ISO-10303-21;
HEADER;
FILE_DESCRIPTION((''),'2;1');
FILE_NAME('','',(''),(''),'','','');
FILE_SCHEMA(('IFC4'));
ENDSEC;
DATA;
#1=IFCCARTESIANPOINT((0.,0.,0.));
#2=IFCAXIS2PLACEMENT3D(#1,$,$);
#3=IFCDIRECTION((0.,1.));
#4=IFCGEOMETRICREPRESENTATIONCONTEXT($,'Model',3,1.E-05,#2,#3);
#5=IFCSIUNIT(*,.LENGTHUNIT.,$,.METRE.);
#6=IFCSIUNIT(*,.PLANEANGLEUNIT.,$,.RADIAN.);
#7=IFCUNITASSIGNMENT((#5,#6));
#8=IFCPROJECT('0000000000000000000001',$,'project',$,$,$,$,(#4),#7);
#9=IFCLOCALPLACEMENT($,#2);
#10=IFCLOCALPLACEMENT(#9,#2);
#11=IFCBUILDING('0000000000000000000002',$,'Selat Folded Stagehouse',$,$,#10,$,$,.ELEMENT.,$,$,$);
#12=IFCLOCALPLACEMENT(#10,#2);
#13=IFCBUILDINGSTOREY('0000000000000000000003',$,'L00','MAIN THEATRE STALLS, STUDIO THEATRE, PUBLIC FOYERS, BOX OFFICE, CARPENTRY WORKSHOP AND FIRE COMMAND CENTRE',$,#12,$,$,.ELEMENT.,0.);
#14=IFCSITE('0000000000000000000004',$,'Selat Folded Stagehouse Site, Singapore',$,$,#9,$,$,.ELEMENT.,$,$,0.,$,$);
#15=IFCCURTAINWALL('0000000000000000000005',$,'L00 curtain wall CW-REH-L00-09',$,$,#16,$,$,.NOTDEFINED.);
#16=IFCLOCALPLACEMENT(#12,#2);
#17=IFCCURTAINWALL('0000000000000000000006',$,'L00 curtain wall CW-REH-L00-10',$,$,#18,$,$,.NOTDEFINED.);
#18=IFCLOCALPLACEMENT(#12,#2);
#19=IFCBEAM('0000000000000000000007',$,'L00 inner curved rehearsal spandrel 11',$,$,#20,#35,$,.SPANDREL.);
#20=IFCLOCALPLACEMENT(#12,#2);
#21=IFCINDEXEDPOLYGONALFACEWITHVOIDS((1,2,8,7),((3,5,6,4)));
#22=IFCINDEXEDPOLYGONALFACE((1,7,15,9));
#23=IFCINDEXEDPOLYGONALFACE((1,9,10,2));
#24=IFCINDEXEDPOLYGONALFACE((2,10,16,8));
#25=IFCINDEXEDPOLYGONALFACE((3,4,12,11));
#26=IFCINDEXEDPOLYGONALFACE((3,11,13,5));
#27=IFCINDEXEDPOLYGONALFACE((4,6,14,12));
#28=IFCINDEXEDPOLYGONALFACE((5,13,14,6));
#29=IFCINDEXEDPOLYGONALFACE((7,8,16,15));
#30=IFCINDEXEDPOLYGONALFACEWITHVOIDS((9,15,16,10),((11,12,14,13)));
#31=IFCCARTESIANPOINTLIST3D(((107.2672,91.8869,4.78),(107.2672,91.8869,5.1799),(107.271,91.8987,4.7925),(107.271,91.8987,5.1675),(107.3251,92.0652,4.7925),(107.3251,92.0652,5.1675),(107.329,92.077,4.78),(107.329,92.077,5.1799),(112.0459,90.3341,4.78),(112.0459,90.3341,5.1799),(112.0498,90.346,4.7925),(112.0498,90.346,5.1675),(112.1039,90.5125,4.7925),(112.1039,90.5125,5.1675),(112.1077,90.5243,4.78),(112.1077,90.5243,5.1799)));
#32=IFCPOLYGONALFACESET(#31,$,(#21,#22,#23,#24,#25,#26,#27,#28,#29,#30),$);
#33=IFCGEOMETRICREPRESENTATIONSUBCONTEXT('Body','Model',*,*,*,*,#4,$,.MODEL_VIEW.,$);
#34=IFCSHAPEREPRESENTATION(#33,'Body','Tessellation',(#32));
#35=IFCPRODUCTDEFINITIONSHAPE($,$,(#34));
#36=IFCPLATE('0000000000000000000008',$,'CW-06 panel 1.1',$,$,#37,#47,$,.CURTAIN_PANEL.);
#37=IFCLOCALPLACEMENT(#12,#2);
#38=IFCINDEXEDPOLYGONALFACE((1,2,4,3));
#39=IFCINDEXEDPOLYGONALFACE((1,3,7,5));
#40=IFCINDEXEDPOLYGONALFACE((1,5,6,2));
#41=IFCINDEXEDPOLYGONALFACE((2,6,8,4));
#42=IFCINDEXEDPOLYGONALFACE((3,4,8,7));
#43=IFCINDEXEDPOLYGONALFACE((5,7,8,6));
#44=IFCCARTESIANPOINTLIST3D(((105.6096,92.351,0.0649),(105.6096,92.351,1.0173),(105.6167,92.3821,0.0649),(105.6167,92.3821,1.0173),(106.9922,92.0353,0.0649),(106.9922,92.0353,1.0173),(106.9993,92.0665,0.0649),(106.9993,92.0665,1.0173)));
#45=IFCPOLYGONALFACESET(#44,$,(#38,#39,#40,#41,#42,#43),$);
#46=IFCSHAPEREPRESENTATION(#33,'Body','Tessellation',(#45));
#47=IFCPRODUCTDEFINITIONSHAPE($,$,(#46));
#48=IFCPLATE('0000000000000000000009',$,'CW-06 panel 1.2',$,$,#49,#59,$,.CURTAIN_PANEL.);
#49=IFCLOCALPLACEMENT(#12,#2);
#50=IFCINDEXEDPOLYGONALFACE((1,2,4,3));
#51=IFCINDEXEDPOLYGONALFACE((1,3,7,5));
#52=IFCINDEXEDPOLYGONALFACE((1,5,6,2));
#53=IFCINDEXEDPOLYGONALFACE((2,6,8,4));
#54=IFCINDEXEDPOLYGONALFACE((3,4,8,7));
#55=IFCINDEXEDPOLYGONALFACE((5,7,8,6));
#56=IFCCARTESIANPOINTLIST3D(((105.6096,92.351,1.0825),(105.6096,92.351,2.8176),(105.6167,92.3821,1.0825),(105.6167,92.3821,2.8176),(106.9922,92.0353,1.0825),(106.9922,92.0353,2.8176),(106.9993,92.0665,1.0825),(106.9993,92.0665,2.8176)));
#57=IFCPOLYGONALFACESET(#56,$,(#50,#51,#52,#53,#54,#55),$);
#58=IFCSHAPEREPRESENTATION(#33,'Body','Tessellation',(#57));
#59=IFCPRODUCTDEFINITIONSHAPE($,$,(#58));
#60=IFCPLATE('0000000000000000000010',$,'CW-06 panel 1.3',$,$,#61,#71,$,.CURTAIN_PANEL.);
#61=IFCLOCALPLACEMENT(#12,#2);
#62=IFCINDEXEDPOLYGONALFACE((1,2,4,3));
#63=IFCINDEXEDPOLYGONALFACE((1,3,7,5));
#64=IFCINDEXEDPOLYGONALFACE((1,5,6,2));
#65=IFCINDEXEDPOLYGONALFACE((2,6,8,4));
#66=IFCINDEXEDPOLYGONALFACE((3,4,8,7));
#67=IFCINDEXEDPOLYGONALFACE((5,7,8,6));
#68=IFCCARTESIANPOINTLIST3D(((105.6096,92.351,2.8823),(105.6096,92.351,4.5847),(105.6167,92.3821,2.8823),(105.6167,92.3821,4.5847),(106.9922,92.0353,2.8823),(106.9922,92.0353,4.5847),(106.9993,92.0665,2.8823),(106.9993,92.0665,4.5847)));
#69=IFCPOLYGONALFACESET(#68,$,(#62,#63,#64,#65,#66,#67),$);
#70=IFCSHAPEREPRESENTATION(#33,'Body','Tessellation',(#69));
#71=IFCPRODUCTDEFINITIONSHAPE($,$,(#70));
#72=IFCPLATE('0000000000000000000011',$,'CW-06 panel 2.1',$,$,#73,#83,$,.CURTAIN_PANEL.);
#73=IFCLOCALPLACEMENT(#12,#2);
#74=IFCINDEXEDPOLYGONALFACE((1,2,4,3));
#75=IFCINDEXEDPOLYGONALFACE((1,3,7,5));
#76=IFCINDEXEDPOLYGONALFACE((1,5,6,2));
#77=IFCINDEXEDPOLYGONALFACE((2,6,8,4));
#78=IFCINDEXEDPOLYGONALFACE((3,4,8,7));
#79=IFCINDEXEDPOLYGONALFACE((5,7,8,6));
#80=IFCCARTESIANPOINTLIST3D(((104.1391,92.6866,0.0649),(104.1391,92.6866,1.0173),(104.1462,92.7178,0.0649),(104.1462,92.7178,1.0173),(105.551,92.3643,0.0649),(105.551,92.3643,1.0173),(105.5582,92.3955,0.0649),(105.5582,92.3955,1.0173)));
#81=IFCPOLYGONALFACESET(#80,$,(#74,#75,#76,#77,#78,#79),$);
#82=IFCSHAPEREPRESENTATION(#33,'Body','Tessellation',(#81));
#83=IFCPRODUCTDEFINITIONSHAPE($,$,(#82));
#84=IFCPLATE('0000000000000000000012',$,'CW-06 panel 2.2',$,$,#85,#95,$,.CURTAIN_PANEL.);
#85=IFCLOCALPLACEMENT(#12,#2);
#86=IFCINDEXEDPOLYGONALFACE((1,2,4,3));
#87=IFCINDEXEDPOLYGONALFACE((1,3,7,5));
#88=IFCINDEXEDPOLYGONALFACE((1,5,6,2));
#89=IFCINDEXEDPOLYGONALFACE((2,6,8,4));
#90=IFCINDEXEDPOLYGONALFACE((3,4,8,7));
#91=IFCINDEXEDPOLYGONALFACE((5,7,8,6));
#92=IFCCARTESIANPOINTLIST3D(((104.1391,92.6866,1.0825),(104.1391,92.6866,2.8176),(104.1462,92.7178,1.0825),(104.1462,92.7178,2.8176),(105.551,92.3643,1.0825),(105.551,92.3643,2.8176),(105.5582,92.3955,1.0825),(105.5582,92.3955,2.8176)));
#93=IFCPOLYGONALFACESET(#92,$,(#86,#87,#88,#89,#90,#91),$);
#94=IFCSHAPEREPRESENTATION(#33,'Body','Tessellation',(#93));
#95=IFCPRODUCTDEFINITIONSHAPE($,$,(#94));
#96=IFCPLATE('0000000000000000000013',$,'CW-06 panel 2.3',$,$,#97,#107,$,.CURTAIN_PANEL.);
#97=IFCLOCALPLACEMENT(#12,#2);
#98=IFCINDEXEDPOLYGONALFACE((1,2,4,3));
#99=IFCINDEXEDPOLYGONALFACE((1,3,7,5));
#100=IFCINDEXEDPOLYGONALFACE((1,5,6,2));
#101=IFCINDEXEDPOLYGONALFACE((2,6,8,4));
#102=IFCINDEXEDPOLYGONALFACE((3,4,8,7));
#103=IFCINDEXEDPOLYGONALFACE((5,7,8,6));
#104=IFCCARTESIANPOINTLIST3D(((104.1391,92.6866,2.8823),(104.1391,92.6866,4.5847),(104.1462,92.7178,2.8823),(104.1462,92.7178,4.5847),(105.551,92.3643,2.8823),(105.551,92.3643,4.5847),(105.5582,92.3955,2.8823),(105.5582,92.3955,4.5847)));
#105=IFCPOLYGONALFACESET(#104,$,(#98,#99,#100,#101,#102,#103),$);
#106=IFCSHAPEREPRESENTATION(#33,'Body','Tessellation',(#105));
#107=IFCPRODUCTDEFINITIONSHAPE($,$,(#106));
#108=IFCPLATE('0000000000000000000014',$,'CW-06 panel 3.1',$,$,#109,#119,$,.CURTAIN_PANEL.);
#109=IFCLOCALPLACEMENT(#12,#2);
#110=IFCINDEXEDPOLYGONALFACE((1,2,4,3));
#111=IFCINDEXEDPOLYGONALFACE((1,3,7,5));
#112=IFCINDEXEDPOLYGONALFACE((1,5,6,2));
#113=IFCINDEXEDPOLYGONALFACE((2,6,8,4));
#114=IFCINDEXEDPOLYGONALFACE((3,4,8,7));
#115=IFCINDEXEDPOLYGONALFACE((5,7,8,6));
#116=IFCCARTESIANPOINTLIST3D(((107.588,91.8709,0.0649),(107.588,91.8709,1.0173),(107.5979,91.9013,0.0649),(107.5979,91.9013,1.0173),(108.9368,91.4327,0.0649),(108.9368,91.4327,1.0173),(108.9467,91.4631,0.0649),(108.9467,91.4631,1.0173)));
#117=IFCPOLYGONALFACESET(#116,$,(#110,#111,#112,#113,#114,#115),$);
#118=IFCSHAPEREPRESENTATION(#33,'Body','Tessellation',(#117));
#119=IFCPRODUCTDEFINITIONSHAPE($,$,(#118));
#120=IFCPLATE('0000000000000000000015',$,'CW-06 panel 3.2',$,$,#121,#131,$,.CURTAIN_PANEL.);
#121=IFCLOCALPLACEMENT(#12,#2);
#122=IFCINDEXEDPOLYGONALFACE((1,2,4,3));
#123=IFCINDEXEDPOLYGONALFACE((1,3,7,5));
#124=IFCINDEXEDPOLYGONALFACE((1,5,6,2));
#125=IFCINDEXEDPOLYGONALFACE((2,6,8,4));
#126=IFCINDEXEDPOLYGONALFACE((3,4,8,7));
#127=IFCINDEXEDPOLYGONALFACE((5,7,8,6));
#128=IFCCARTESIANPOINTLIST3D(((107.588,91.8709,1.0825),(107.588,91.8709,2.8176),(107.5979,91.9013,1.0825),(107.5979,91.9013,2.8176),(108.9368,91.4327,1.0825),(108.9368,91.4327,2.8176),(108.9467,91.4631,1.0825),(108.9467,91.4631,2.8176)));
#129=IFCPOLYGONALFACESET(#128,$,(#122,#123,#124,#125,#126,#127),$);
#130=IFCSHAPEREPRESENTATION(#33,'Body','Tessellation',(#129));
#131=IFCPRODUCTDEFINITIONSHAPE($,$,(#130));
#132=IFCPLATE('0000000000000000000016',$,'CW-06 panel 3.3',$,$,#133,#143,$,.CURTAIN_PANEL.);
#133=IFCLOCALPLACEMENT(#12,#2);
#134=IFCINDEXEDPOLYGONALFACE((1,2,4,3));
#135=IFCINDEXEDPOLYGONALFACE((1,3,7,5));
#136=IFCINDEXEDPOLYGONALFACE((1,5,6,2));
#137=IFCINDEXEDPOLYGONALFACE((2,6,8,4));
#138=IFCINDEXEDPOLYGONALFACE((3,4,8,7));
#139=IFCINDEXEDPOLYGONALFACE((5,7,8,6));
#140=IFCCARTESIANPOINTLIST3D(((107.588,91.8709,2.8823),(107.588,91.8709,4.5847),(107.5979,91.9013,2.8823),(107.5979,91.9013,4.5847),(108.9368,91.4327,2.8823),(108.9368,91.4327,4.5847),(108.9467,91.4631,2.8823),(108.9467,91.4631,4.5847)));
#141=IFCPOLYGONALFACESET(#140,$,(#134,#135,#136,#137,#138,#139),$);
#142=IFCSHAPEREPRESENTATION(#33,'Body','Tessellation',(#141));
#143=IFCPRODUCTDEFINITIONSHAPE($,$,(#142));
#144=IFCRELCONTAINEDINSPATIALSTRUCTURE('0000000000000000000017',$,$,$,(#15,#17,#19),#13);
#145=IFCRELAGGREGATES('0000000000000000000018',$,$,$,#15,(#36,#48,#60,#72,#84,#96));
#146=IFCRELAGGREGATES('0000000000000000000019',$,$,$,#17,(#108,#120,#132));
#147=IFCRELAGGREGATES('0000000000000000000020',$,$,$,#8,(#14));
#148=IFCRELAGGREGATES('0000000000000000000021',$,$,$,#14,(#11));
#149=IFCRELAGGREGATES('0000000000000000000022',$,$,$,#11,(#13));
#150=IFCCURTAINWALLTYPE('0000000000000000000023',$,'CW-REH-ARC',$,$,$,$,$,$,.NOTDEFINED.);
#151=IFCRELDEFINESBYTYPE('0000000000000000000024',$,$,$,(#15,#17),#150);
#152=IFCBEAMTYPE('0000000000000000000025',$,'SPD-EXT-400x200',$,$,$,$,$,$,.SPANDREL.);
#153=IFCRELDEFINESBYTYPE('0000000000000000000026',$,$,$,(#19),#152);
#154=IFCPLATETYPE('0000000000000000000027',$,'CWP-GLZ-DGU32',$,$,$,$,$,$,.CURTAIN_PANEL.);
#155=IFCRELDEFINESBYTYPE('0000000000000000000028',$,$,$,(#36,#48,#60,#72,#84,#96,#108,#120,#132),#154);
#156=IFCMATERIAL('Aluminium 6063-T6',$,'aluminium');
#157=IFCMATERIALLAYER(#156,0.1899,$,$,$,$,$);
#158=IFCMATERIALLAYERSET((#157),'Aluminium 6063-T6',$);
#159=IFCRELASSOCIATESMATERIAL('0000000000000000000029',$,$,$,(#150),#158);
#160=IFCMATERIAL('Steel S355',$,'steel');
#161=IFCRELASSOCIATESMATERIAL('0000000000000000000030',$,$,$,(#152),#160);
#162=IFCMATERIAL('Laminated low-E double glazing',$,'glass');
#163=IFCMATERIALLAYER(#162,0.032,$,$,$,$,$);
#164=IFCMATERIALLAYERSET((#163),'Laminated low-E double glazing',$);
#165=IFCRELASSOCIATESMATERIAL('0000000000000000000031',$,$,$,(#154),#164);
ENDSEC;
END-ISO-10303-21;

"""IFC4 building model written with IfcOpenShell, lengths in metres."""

from ifc_helpers import new_model, si_unit, direction, frame, origin, origin_2d, place, context, subcontext, project, spatial, rectangle, hollow_rectangle, extrude, material, layer, layer_set, material_profile, profile_set, type_object, element, aggregate, save


model = new_model("IFC4")

# Units and contexts
model_context = context("Model", 3, precision=1e-05, world=origin(), true_north=direction((0.0, 1.0)))
body_context = subcontext(model_context, "Body", "Model", "MODEL_VIEW")
ifc_project = project(units=[si_unit("LENGTHUNIT", "METRE"), si_unit("PLANEANGLEUNIT", "RADIAN")], contexts=[model_context])

# Site, building, storey
site_placement = place(None, origin())
site = spatial("IfcSite", under=ifc_project, at=site_placement, Name="Selat Folded Stagehouse Site, Singapore", CompositionType="ELEMENT", RefElevation=0.0)
building_placement = place(site_placement, origin())
building = spatial("IfcBuilding", under=site, at=building_placement, Name="Selat Folded Stagehouse", CompositionType="ELEMENT")
storey_placement = place(building_placement, origin())
storey = spatial("IfcBuildingStorey", under=building, at=storey_placement, Name="L00", Description="MAIN THEATRE STALLS, STUDIO THEATRE, PUBLIC FOYERS, BOX OFFICE, CARPENTRY WORKSHOP AND FIRE COMMAND CENTRE", CompositionType="ELEMENT", Elevation=0.0)

# Shared definitions
ifc_material_1 = material(Name="Steel S355", Category="steel")

# Curtain wall
ifc_material_2 = material(Name="Aluminium 6063-T6", Category="aluminium")
ifc_layer_1 = layer(ifc_material_2, 0.1899)
ifc_layer_set_1 = layer_set([ifc_layer_1], Name="Aluminium 6063-T6")
curtain_wall_type = type_object("IfcCurtainWallType", Name="CW-REH-ARC", PredefinedType="NOTDEFINED", material=ifc_layer_set_1)
curtain_wall_1_placement = place(storey_placement, origin())
curtain_wall_1 = element("IfcCurtainWall", 1, at=curtain_wall_1_placement, inside=storey, type_object=curtain_wall_type, Name="L00 curtain wall CW-REH-L00-09", PredefinedType="NOTDEFINED")

# Curtain wall
curtain_wall_2_placement = place(storey_placement, origin())
curtain_wall_2 = element("IfcCurtainWall", 2, at=curtain_wall_2_placement, inside=storey, type_object=curtain_wall_type, Name="L00 curtain wall CW-REH-L00-10", PredefinedType="NOTDEFINED")

# Beam
ifc_material_profile_1 = material_profile(ifc_material_1, hollow_rectangle(XDim=0.2, YDim=0.3999, WallThickness=0.0125, at=origin_2d()), Name="RHS 400x200x12.5")
ifc_profile_set_1 = profile_set([ifc_material_profile_1], Name="Steel S355")
beam_type_1 = type_object("IfcBeamType", Name="SPD-EXT-400x200", PredefinedType="SPANDREL", material=ifc_profile_set_1)
beam_1_placement = place(storey_placement, frame((107.2981, 91.9819, 4.98), z_axis=(0.951056, -0.309018, 0.0), x_axis=(0.309018, 0.951056, 0.0)))
element("IfcBeam", 3, at=beam_1_placement, inside=storey, type_object=beam_type_1, Name="L00 inner curved rehearsal spandrel 11", PredefinedType="SPANDREL", context=body_context, shape_type="SweptSolid", body=[
    extrude(hollow_rectangle(XDim=0.2, YDim=0.3999, WallThickness=0.0125, at=origin_2d()), origin(), (0.0, 0.0, 1.0), 5.0247),
])

# Plates
ifc_material_3 = material(Name="Laminated low-E double glazing", Category="glass")
ifc_layer_2 = layer(ifc_material_3, 0.032)
ifc_layer_set_2 = layer_set([ifc_layer_2], Name="Laminated low-E double glazing")
plate_type = type_object("IfcPlateType", Name="CWP-GLZ-DGU32", PredefinedType="CURTAIN_PANEL", material=ifc_layer_set_2)
plate_1_placement = place(storey_placement, frame((106.3044, 92.2087, 0.0649), z_axis=(0.0, 0.0, 1.0), x_axis=(-0.974923, 0.222543, 0.0)))
plate_1 = element("IfcPlate", 4, at=plate_1_placement, type_object=plate_type, Name="CW-06 panel 1.1", PredefinedType="CURTAIN_PANEL", context=body_context, shape_type="SweptSolid", body=[
    extrude(rectangle(XDim=1.4182, YDim=0.032, at=origin_2d()), origin(), (0.0, 0.0, 1.0), 0.9524),
])
plate_2_placement = place(storey_placement, frame((106.3044, 92.2087, 1.0825), z_axis=(0.0, 0.0, 1.0), x_axis=(-0.974923, 0.222543, 0.0)))
plate_2 = element("IfcPlate", 5, at=plate_2_placement, type_object=plate_type, Name="CW-06 panel 1.2", PredefinedType="CURTAIN_PANEL", context=body_context, shape_type="SweptSolid", body=[
    extrude(rectangle(XDim=1.4182, YDim=0.032, at=origin_2d()), origin(), (0.0, 0.0, 1.0), 1.7351),
])
plate_3_placement = place(storey_placement, frame((106.3044, 92.2087, 2.8823), z_axis=(0.0, 0.0, 1.0), x_axis=(-0.974923, 0.222543, 0.0)))
plate_3 = element("IfcPlate", 6, at=plate_3_placement, type_object=plate_type, Name="CW-06 panel 1.3", PredefinedType="CURTAIN_PANEL", context=body_context, shape_type="SweptSolid", body=[
    extrude(rectangle(XDim=1.4182, YDim=0.032, at=origin_2d()), origin(), (0.0, 0.0, 1.0), 1.7024),
])
plate_4_placement = place(storey_placement, frame((104.8486, 92.541, 0.0649), z_axis=(0.0, 0.0, 1.0), x_axis=(-0.974923, 0.222543, 0.0)))
plate_4 = element("IfcPlate", 7, at=plate_4_placement, type_object=plate_type, Name="CW-06 panel 2.1", PredefinedType="CURTAIN_PANEL", context=body_context, shape_type="SweptSolid", body=[
    extrude(rectangle(XDim=1.4482, YDim=0.032, at=origin_2d()), origin(), (0.0, 0.0, 1.0), 0.9524),
])
plate_5_placement = place(storey_placement, frame((104.8486, 92.541, 1.0825), z_axis=(0.0, 0.0, 1.0), x_axis=(-0.974923, 0.222543, 0.0)))
plate_5 = element("IfcPlate", 8, at=plate_5_placement, type_object=plate_type, Name="CW-06 panel 2.2", PredefinedType="CURTAIN_PANEL", context=body_context, shape_type="SweptSolid", body=[
    extrude(rectangle(XDim=1.4482, YDim=0.032, at=origin_2d()), origin(), (0.0, 0.0, 1.0), 1.7351),
])
plate_6_placement = place(storey_placement, frame((104.8486, 92.541, 2.8823), z_axis=(0.0, 0.0, 1.0), x_axis=(-0.974923, 0.222543, 0.0)))
plate_6 = element("IfcPlate", 9, at=plate_6_placement, type_object=plate_type, Name="CW-06 panel 2.3", PredefinedType="CURTAIN_PANEL", context=body_context, shape_type="SweptSolid", body=[
    extrude(rectangle(XDim=1.4482, YDim=0.032, at=origin_2d()), origin(), (0.0, 0.0, 1.0), 1.7024),
])
aggregate(curtain_wall_1, [plate_1, plate_2, plate_3, plate_4, plate_5, plate_6])
plate_7_placement = place(storey_placement, frame((108.2673, 91.667, 0.0649), z_axis=(0.0, 0.0, 1.0), x_axis=(-0.951065, 0.308992, 0.0)))
plate_7 = element("IfcPlate", 10, at=plate_7_placement, type_object=plate_type, Name="CW-06 panel 3.1", PredefinedType="CURTAIN_PANEL", context=body_context, shape_type="SweptSolid", body=[
    extrude(rectangle(XDim=1.4182, YDim=0.032, at=origin_2d()), origin(), (0.0, 0.0, 1.0), 0.9524),
])
plate_8_placement = place(storey_placement, frame((108.2673, 91.667, 1.0825), z_axis=(0.0, 0.0, 1.0), x_axis=(-0.951065, 0.308992, 0.0)))
plate_8 = element("IfcPlate", 11, at=plate_8_placement, type_object=plate_type, Name="CW-06 panel 3.2", PredefinedType="CURTAIN_PANEL", context=body_context, shape_type="SweptSolid", body=[
    extrude(rectangle(XDim=1.4182, YDim=0.032, at=origin_2d()), origin(), (0.0, 0.0, 1.0), 1.7351),
])
plate_9_placement = place(storey_placement, frame((108.2673, 91.667, 2.8823), z_axis=(0.0, 0.0, 1.0), x_axis=(-0.951065, 0.308992, 0.0)))
plate_9 = element("IfcPlate", 12, at=plate_9_placement, type_object=plate_type, Name="CW-06 panel 3.3", PredefinedType="CURTAIN_PANEL", context=body_context, shape_type="SweptSolid", body=[
    extrude(rectangle(XDim=1.4182, YDim=0.032, at=origin_2d()), origin(), (0.0, 0.0, 1.0), 1.7024),
])
aggregate(curtain_wall_2, [plate_7, plate_8, plate_9])

save(model, "model.ifc")
